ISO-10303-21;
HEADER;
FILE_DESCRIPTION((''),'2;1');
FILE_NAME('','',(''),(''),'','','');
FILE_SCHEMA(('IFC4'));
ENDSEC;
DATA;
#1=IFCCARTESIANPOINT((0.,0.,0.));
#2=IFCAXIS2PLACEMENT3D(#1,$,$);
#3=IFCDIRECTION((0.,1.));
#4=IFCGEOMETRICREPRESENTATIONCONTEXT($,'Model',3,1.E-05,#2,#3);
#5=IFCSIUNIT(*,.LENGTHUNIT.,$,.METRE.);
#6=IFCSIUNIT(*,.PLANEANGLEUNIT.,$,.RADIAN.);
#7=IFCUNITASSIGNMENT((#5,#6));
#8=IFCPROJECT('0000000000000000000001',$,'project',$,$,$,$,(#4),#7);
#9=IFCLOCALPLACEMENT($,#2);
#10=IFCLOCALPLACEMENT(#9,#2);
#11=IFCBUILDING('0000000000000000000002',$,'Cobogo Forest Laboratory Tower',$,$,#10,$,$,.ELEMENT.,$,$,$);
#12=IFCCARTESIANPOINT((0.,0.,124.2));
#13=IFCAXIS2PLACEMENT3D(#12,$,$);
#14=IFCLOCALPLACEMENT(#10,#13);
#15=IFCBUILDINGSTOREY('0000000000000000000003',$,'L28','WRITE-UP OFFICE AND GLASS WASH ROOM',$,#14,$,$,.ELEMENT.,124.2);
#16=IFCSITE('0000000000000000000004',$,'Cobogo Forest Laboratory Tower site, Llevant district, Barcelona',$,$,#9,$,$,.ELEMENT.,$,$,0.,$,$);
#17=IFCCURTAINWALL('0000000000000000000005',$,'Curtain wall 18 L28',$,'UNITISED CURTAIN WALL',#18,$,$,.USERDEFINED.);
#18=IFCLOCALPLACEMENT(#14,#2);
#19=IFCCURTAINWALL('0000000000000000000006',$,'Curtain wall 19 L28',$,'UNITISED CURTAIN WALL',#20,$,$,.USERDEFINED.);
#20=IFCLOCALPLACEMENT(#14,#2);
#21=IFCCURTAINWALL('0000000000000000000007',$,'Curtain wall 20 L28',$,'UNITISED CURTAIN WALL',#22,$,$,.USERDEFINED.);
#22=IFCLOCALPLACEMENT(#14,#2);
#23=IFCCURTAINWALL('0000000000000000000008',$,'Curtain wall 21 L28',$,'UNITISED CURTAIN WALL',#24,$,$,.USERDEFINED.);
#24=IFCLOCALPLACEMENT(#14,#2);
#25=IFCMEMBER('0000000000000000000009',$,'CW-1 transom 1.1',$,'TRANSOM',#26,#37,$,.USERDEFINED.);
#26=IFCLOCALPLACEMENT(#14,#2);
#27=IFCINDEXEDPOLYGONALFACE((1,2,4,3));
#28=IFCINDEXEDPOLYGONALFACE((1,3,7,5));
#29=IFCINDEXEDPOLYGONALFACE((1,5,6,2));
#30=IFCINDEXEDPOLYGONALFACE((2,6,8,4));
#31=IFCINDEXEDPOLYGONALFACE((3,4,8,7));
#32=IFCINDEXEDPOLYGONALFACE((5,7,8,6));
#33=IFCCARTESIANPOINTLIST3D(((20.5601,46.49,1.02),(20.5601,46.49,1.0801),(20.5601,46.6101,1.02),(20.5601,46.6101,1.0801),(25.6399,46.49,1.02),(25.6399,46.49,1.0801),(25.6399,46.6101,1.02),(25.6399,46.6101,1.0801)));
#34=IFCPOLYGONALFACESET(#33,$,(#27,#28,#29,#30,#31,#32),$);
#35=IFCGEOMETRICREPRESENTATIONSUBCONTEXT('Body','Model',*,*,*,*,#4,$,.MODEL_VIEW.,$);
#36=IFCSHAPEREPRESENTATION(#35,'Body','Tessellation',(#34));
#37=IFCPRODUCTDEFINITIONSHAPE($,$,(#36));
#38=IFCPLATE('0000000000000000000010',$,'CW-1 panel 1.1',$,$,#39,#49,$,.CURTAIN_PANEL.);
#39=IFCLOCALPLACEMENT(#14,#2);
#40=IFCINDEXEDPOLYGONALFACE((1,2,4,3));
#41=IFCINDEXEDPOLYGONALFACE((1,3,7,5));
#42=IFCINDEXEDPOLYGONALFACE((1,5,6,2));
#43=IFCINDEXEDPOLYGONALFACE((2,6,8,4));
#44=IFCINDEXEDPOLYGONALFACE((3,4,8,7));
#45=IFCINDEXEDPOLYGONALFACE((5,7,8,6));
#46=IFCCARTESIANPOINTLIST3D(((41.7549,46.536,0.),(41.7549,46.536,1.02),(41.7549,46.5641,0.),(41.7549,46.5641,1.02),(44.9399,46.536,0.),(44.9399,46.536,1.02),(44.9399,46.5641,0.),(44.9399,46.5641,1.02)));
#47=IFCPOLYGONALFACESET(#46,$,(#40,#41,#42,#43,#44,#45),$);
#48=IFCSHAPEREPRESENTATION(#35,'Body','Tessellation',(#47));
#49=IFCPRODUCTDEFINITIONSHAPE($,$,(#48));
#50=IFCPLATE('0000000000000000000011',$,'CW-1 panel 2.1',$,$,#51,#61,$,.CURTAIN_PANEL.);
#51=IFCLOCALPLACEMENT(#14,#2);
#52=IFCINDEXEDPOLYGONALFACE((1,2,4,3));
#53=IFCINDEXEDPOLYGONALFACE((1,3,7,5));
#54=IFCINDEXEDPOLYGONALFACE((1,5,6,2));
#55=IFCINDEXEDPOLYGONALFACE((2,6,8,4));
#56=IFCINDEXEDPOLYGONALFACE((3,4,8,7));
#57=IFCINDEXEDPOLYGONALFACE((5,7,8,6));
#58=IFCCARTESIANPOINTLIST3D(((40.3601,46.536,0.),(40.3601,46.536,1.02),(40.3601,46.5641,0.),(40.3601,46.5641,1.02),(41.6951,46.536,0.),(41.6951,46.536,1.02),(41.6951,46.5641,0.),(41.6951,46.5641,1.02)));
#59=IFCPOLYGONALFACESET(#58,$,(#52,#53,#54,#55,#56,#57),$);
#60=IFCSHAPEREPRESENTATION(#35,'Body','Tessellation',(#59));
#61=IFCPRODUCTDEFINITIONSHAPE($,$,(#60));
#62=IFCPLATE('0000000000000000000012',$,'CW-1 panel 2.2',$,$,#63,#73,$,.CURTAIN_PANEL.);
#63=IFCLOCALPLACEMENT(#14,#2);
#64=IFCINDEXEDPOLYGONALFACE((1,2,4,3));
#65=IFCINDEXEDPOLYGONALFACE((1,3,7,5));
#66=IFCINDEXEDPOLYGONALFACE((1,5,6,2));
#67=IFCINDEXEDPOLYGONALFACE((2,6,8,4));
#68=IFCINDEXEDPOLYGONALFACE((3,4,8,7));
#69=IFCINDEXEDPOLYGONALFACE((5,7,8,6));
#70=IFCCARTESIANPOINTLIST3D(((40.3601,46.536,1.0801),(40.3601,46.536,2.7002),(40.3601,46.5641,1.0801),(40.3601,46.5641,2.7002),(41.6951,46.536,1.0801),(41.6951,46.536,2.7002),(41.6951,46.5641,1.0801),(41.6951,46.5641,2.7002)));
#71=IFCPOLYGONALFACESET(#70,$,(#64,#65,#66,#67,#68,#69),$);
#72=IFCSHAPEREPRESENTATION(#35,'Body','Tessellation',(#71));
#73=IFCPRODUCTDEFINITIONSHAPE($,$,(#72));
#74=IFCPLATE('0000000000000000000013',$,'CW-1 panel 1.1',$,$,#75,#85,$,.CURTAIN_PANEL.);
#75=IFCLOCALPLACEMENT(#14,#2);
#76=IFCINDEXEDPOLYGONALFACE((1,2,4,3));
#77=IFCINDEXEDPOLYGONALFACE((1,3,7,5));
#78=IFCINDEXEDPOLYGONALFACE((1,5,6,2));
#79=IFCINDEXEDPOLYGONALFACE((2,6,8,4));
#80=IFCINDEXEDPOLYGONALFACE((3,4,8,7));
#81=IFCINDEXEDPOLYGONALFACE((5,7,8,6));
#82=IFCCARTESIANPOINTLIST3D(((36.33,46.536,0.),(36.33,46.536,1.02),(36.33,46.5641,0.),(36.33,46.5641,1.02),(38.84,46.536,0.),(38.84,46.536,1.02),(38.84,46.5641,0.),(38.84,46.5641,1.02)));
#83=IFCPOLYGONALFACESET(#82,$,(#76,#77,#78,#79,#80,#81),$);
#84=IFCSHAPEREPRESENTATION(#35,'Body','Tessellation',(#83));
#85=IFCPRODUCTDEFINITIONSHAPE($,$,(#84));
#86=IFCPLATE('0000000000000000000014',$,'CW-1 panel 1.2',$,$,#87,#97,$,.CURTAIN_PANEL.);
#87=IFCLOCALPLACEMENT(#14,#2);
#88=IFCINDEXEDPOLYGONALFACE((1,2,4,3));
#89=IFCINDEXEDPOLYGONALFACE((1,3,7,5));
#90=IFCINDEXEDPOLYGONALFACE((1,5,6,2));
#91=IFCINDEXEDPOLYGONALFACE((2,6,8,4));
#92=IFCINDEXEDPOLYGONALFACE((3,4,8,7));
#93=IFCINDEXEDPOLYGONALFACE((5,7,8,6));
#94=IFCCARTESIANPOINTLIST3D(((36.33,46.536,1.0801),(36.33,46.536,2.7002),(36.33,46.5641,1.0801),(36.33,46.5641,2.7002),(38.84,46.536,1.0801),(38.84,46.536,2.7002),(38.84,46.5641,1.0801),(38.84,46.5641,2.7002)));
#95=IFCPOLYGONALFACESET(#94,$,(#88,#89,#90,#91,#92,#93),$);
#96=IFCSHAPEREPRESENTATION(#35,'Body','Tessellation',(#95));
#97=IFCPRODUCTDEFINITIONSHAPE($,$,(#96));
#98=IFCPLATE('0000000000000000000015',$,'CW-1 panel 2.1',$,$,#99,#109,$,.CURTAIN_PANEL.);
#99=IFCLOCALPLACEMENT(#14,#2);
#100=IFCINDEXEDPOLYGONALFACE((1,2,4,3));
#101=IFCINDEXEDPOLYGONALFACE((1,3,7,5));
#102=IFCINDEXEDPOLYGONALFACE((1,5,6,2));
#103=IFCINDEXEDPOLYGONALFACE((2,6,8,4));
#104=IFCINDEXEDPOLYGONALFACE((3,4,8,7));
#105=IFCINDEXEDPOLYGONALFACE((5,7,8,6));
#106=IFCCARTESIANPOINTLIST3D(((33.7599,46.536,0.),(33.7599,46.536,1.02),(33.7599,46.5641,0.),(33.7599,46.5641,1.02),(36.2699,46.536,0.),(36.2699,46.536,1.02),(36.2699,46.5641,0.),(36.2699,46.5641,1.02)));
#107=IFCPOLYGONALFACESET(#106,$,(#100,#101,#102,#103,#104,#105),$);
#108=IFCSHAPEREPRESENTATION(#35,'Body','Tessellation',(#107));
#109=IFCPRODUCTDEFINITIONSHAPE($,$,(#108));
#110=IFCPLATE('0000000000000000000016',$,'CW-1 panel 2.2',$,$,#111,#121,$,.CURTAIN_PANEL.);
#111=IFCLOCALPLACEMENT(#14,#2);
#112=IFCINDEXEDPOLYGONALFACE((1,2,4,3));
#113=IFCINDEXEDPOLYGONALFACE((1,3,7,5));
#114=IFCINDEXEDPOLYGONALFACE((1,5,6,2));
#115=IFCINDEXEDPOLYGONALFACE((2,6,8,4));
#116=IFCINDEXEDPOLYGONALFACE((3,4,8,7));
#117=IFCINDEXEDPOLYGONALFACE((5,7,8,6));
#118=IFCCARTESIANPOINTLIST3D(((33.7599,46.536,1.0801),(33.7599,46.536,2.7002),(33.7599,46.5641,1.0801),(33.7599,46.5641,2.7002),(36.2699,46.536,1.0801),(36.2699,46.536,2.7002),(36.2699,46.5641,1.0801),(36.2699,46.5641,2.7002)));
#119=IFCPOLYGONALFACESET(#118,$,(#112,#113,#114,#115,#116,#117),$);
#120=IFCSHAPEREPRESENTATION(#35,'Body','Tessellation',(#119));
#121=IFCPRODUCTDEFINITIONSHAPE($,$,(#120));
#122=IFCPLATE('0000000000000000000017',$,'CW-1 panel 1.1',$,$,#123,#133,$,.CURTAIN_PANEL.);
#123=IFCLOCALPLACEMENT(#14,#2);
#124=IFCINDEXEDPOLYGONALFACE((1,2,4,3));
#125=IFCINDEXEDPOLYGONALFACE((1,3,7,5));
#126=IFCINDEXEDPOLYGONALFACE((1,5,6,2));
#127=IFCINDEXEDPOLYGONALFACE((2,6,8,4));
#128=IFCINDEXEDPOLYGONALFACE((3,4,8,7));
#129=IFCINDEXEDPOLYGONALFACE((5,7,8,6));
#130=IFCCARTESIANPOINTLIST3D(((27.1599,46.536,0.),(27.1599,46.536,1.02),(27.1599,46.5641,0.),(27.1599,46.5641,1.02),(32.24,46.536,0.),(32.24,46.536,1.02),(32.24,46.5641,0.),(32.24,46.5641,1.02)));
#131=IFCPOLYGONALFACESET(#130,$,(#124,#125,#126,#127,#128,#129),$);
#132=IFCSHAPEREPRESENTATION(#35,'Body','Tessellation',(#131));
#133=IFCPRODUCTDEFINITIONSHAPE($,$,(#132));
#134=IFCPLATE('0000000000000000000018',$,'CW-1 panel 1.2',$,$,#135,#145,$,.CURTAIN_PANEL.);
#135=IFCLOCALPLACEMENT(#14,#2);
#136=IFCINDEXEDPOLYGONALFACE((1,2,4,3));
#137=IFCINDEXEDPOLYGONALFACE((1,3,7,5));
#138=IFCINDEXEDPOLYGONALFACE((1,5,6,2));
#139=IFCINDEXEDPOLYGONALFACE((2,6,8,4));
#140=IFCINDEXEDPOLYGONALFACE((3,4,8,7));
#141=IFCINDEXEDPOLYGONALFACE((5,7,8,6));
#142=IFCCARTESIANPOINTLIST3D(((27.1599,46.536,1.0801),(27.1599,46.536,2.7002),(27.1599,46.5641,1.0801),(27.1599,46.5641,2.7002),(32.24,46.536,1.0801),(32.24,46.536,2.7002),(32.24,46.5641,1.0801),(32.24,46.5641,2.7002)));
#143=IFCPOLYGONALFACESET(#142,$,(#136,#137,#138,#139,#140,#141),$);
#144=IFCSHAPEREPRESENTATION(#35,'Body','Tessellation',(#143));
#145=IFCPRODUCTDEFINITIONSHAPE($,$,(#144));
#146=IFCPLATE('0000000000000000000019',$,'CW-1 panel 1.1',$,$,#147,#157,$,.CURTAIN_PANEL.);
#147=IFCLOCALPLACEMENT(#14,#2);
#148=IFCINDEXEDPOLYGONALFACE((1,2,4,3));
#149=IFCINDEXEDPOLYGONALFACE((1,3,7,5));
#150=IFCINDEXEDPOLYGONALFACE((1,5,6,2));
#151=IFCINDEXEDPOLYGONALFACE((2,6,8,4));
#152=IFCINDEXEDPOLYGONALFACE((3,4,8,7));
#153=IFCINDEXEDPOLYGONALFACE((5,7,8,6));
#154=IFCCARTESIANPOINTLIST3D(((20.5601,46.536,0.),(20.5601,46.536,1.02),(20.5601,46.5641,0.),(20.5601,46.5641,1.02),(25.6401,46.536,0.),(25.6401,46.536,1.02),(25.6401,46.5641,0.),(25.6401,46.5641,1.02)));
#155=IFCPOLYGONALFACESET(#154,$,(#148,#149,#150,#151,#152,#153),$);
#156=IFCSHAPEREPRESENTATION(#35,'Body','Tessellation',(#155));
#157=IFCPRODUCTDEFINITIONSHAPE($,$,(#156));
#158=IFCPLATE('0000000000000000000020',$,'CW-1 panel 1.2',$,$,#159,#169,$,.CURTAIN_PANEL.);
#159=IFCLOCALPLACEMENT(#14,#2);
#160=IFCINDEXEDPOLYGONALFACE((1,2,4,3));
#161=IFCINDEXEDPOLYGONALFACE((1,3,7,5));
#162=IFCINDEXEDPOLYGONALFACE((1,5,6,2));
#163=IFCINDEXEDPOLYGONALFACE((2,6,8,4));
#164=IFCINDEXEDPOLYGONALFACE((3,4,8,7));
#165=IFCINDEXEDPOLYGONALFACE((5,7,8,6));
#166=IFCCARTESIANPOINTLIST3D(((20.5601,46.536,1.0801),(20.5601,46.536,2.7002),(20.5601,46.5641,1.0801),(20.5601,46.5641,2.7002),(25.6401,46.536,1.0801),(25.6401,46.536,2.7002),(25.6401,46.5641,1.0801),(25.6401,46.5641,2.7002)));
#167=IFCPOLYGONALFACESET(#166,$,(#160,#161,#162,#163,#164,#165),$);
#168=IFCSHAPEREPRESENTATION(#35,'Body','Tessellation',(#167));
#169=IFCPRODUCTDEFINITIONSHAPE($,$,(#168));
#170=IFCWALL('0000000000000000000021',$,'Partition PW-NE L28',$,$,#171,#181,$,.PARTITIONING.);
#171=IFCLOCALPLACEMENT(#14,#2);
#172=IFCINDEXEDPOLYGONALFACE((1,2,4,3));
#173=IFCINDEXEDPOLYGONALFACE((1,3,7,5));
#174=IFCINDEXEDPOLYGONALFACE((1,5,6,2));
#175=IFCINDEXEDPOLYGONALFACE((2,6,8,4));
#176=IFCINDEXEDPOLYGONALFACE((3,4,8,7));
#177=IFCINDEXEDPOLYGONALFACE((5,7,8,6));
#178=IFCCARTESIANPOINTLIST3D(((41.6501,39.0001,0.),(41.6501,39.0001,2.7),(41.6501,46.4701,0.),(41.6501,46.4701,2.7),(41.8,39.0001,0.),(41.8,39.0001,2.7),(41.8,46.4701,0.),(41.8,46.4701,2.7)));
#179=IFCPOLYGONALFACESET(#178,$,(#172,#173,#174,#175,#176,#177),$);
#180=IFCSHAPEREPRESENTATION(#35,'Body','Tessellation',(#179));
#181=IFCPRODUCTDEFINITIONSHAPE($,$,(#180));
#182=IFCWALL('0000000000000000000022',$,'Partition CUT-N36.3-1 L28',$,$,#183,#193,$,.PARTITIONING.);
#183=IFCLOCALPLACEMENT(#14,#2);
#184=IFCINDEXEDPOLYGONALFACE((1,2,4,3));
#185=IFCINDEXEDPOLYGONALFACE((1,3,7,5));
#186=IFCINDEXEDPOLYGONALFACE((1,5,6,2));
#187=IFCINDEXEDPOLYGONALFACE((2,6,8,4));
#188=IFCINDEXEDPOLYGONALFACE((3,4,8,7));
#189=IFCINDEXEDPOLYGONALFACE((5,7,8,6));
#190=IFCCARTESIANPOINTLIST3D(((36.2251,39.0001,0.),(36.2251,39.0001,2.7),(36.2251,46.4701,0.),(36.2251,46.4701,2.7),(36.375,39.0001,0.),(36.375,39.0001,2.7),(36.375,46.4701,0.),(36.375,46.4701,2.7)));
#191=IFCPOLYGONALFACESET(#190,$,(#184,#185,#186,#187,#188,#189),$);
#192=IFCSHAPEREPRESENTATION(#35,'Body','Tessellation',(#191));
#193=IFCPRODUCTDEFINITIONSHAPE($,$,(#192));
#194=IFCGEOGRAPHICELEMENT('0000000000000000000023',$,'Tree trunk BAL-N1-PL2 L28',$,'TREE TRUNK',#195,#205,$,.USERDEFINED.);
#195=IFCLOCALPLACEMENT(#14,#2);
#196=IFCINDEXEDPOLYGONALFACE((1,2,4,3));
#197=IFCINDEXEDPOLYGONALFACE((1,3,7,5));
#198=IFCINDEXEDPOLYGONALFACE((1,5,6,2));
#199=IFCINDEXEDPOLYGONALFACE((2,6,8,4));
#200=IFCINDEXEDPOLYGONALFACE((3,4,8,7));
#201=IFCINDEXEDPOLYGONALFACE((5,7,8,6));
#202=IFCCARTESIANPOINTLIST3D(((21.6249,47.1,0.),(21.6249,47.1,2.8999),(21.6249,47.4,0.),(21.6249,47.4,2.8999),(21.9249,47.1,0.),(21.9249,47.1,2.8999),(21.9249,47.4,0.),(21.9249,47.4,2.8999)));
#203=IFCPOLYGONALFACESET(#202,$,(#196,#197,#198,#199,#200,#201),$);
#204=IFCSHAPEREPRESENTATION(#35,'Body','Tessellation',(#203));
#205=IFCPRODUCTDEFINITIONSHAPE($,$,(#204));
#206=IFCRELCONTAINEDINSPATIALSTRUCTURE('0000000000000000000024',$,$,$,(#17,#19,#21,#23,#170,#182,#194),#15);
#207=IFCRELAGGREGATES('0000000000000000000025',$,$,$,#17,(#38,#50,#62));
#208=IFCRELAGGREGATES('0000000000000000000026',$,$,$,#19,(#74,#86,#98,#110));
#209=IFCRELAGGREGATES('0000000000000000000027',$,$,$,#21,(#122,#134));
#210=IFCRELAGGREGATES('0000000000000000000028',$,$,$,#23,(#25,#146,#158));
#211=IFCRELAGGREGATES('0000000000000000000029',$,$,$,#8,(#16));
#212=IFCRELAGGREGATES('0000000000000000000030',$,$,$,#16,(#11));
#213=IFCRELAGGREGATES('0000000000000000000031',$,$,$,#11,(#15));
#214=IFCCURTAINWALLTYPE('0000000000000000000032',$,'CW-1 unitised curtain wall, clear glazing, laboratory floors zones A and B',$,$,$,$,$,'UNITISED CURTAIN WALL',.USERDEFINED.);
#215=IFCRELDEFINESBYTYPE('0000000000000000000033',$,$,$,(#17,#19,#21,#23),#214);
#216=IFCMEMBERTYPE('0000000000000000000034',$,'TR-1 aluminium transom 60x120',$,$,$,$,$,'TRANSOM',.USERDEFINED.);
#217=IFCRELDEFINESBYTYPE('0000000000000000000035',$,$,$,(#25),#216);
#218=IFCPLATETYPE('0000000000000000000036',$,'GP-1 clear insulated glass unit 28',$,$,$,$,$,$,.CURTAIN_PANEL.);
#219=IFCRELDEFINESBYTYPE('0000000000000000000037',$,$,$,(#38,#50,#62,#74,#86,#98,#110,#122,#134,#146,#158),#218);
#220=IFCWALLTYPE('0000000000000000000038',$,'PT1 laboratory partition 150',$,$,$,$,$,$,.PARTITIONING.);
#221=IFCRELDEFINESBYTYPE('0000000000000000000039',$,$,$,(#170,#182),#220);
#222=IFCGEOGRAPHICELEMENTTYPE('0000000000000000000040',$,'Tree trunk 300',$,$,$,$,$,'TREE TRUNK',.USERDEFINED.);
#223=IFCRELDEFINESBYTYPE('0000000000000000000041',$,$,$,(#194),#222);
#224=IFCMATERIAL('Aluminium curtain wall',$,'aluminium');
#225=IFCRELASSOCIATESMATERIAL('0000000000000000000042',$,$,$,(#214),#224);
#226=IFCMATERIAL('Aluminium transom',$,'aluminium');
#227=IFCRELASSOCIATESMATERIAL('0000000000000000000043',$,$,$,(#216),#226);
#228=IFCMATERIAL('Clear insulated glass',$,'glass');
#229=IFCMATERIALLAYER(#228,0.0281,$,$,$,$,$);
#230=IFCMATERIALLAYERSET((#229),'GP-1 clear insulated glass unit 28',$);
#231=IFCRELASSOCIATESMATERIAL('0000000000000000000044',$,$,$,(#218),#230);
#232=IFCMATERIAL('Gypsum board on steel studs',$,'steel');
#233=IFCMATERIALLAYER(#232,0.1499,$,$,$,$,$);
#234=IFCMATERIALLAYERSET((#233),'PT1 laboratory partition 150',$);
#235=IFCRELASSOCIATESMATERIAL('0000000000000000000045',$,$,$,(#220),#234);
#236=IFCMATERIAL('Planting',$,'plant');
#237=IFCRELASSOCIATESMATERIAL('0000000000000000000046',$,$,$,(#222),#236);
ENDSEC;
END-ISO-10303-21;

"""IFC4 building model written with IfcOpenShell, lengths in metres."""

from ifc_helpers import new_model, si_unit, direction, frame, frame_2d, origin, origin_2d, place, context, subcontext, project, spatial, rectangle, extrude, material, layer, layer_set, material_profile, profile_set, type_object, element, aggregate, save


model = new_model("IFC4")

# Units and contexts
model_context = context("Model", 3, precision=1e-05, world=origin(), true_north=direction((0.0, 1.0)))
body_context = subcontext(model_context, "Body", "Model", "MODEL_VIEW")
ifc_project = project(units=[si_unit("LENGTHUNIT", "METRE"), si_unit("PLANEANGLEUNIT", "RADIAN")], contexts=[model_context])

# Site, building, storey
site_placement = place(None, origin())
site = spatial("IfcSite", under=ifc_project, at=site_placement, Name="Cobogo Forest Laboratory Tower site, Llevant district, Barcelona", CompositionType="ELEMENT", RefElevation=0.0)
building_placement = place(site_placement, origin())
building = spatial("IfcBuilding", under=site, at=building_placement, Name="Cobogo Forest Laboratory Tower", CompositionType="ELEMENT")
storey_placement = place(building_placement, frame((0.0, 0.0, 124.2)))
storey = spatial("IfcBuildingStorey", under=building, at=storey_placement, Name="L28", Description="WRITE-UP OFFICE AND GLASS WASH ROOM", CompositionType="ELEMENT", Elevation=124.2)

# Curtain walls
ifc_material_1 = material(Name="Aluminium curtain wall", Category="aluminium")
curtain_wall_type = type_object("IfcCurtainWallType", Name="CW-1 unitised curtain wall, clear glazing, laboratory floors zones A and B", ElementType="UNITISED CURTAIN WALL", PredefinedType="USERDEFINED", material=ifc_material_1)
curtain_wall_1_placement = place(storey_placement, origin())
curtain_wall_1 = element("IfcCurtainWall", 1, at=curtain_wall_1_placement, inside=storey, type_object=curtain_wall_type, Name="Curtain wall 18 L28", ObjectType="UNITISED CURTAIN WALL", PredefinedType="USERDEFINED")
curtain_wall_2_placement = place(storey_placement, origin())
curtain_wall_2 = element("IfcCurtainWall", 2, at=curtain_wall_2_placement, inside=storey, type_object=curtain_wall_type, Name="Curtain wall 19 L28", ObjectType="UNITISED CURTAIN WALL", PredefinedType="USERDEFINED")
curtain_wall_3_placement = place(storey_placement, origin())
curtain_wall_3 = element("IfcCurtainWall", 3, at=curtain_wall_3_placement, inside=storey, type_object=curtain_wall_type, Name="Curtain wall 20 L28", ObjectType="UNITISED CURTAIN WALL", PredefinedType="USERDEFINED")

# Curtain wall
curtain_wall_4_placement = place(storey_placement, origin())
curtain_wall_4 = element("IfcCurtainWall", 4, at=curtain_wall_4_placement, inside=storey, type_object=curtain_wall_type, Name="Curtain wall 21 L28", ObjectType="UNITISED CURTAIN WALL", PredefinedType="USERDEFINED")

# Member
ifc_material_2 = material(Name="Aluminium transom", Category="aluminium")
ifc_material_profile_1 = material_profile(ifc_material_2, rectangle(XDim=0.1201, YDim=0.0601, at=origin_2d()), Name="AL 60x120")
ifc_profile_set_1 = profile_set([ifc_material_profile_1], Name="Aluminium transom")
member_type_1 = type_object("IfcMemberType", Name="TR-1 aluminium transom 60x120", ElementType="TRANSOM", PredefinedType="USERDEFINED", material=ifc_profile_set_1)
member_1_placement = place(storey_placement, frame((25.6399, 46.55, 1.05), z_axis=(-1.0, 0.0, 0.0), x_axis=(0.0, -1.0, 0.0)))
member_1 = element("IfcMember", 5, at=member_1_placement, type_object=member_type_1, Name="CW-1 transom 1.1", ObjectType="TRANSOM", PredefinedType="USERDEFINED", context=body_context, shape_type="SweptSolid", body=[
    extrude(rectangle(XDim=0.1201, YDim=0.0601, at=origin_2d()), origin(), (0.0, 0.0, 1.0), 5.0798),
])

# Plates
ifc_material_3 = material(Name="Clear insulated glass", Category="glass")
ifc_layer_1 = layer(ifc_material_3, 0.0281)
ifc_layer_set_1 = layer_set([ifc_layer_1], Name="GP-1 clear insulated glass unit 28")
plate_type_1 = type_object("IfcPlateType", Name="GP-1 clear insulated glass unit 28", PredefinedType="CURTAIN_PANEL", material=ifc_layer_set_1)
plate_1_placement = place(storey_placement, frame((43.3474, 46.55, 0.0), z_axis=(0.0, 0.0, 1.0), x_axis=(-1.0, 0.0, 0.0)))
plate_1 = element("IfcPlate", 6, at=plate_1_placement, type_object=plate_type_1, Name="CW-1 panel 1.1", PredefinedType="CURTAIN_PANEL", context=body_context, shape_type="SweptSolid", body=[
    extrude(rectangle(XDim=3.1851, YDim=0.0281, at=origin_2d()), origin(), (0.0, 0.0, 1.0), 1.02),
])
plate_2_placement = place(storey_placement, frame((41.0276, 46.55, 0.0), z_axis=(0.0, 0.0, 1.0), x_axis=(-1.0, 0.0, 0.0)))
plate_2 = element("IfcPlate", 7, at=plate_2_placement, type_object=plate_type_1, Name="CW-1 panel 2.1", PredefinedType="CURTAIN_PANEL", context=body_context, shape_type="SweptSolid", body=[
    extrude(rectangle(XDim=1.335, YDim=0.0281, at=origin_2d()), origin(), (0.0, 0.0, 1.0), 1.02),
])
plate_3_placement = place(storey_placement, frame((41.0276, 46.55, 1.0801), z_axis=(0.0, 0.0, 1.0), x_axis=(-1.0, 0.0, 0.0)))
plate_3 = element("IfcPlate", 8, at=plate_3_placement, type_object=plate_type_1, Name="CW-1 panel 2.2", PredefinedType="CURTAIN_PANEL", context=body_context, shape_type="SweptSolid", body=[
    extrude(rectangle(XDim=1.335, YDim=0.0281, at=origin_2d()), origin(), (0.0, 0.0, 1.0), 1.6201),
])
aggregate(curtain_wall_1, [plate_1, plate_2, plate_3])
plate_4_placement = place(storey_placement, frame((37.585, 46.55, 0.0), z_axis=(0.0, 0.0, 1.0), x_axis=(-1.0, 0.0, 0.0)))
plate_4 = element("IfcPlate", 9, at=plate_4_placement, type_object=plate_type_1, Name="CW-1 panel 1.1", PredefinedType="CURTAIN_PANEL", context=body_context, shape_type="SweptSolid", body=[
    extrude(rectangle(XDim=2.51, YDim=0.0281, at=origin_2d()), origin(), (0.0, 0.0, 1.0), 1.02),
])
plate_5_placement = place(storey_placement, frame((37.585, 46.55, 1.0801), z_axis=(0.0, 0.0, 1.0), x_axis=(-1.0, 0.0, 0.0)))
plate_5 = element("IfcPlate", 10, at=plate_5_placement, type_object=plate_type_1, Name="CW-1 panel 1.2", PredefinedType="CURTAIN_PANEL", context=body_context, shape_type="SweptSolid", body=[
    extrude(rectangle(XDim=2.51, YDim=0.0281, at=origin_2d()), origin(), (0.0, 0.0, 1.0), 1.6201),
])
plate_6_placement = place(storey_placement, frame((35.0149, 46.55, 0.0), z_axis=(0.0, 0.0, 1.0), x_axis=(-1.0, 0.0, 0.0)))
plate_6 = element("IfcPlate", 11, at=plate_6_placement, type_object=plate_type_1, Name="CW-1 panel 2.1", PredefinedType="CURTAIN_PANEL", context=body_context, shape_type="SweptSolid", body=[
    extrude(rectangle(XDim=2.51, YDim=0.0281, at=origin_2d()), origin(), (0.0, 0.0, 1.0), 1.02),
])
plate_7_placement = place(storey_placement, frame((35.0149, 46.55, 1.0801), z_axis=(0.0, 0.0, 1.0), x_axis=(-1.0, 0.0, 0.0)))
plate_7 = element("IfcPlate", 12, at=plate_7_placement, type_object=plate_type_1, Name="CW-1 panel 2.2", PredefinedType="CURTAIN_PANEL", context=body_context, shape_type="SweptSolid", body=[
    extrude(rectangle(XDim=2.51, YDim=0.0281, at=origin_2d()), origin(), (0.0, 0.0, 1.0), 1.6201),
])
aggregate(curtain_wall_2, [plate_4, plate_5, plate_6, plate_7])
plate_8_placement = place(storey_placement, frame((29.7, 46.55, 0.0), z_axis=(0.0, 0.0, 1.0), x_axis=(-1.0, 0.0, 0.0)))
plate_8 = element("IfcPlate", 13, at=plate_8_placement, type_object=plate_type_1, Name="CW-1 panel 1.1", PredefinedType="CURTAIN_PANEL", context=body_context, shape_type="SweptSolid", body=[
    extrude(rectangle(XDim=5.0801, YDim=0.0281, at=origin_2d()), origin(), (0.0, 0.0, 1.0), 1.02),
])
plate_9_placement = place(storey_placement, frame((29.7, 46.55, 1.0801), z_axis=(0.0, 0.0, 1.0), x_axis=(-1.0, 0.0, 0.0)))
plate_9 = element("IfcPlate", 14, at=plate_9_placement, type_object=plate_type_1, Name="CW-1 panel 1.2", PredefinedType="CURTAIN_PANEL", context=body_context, shape_type="SweptSolid", body=[
    extrude(rectangle(XDim=5.0801, YDim=0.0281, at=origin_2d()), origin(), (0.0, 0.0, 1.0), 1.6201),
])
aggregate(curtain_wall_3, [plate_8, plate_9])
plate_10_placement = place(storey_placement, frame((23.1001, 46.55, 0.0), z_axis=(0.0, 0.0, 1.0), x_axis=(-1.0, 0.0, 0.0)))
plate_10 = element("IfcPlate", 15, at=plate_10_placement, type_object=plate_type_1, Name="CW-1 panel 1.1", PredefinedType="CURTAIN_PANEL", context=body_context, shape_type="SweptSolid", body=[
    extrude(rectangle(XDim=5.0801, YDim=0.0281, at=origin_2d()), origin(), (0.0, 0.0, 1.0), 1.02),
])
plate_11_placement = place(storey_placement, frame((23.1001, 46.55, 1.0801), z_axis=(0.0, 0.0, 1.0), x_axis=(-1.0, 0.0, 0.0)))
plate_11 = element("IfcPlate", 16, at=plate_11_placement, type_object=plate_type_1, Name="CW-1 panel 1.2", PredefinedType="CURTAIN_PANEL", context=body_context, shape_type="SweptSolid", body=[
    extrude(rectangle(XDim=5.0801, YDim=0.0281, at=origin_2d()), origin(), (0.0, 0.0, 1.0), 1.6201),
])
aggregate(curtain_wall_4, [member_1, plate_10, plate_11])

# Walls
ifc_material_4 = material(Name="Gypsum board on steel studs", Category="steel")
ifc_layer_2 = layer(ifc_material_4, 0.1499)
ifc_layer_set_2 = layer_set([ifc_layer_2], Name="PT1 laboratory partition 150")
wall_type = type_object("IfcWallType", Name="PT1 laboratory partition 150", PredefinedType="PARTITIONING", material=ifc_layer_set_2)
for number, where, z_axis, x_axis, name in (
    (17, (41.7251, 46.47, 0.0), (0.0, 0.0, 1.0), (0.0, -1.0, 0.0), "Partition PW-NE L28"),
    (18, (36.3, 46.47, 0.0), (0.0, 0.0, 1.0), (0.0, -1.0, 0.0), "Partition CUT-N36.3-1 L28"),
):
    element("IfcWall", number, at=place(storey_placement, frame(where, z_axis=z_axis, x_axis=x_axis)), inside=storey, type_object=wall_type, Name=name, PredefinedType="PARTITIONING", context=body_context, shape_type="SweptSolid", body=[
        extrude(rectangle(XDim=7.47, YDim=0.1499, at=frame_2d((3.7349, 0.0))), origin(), (0.0, 0.0, 1.0), 2.7),
    ])

# Geographic element
ifc_material_5 = material(Name="Planting", Category="plant")
geographic_element_type = type_object("IfcGeographicElementType", Name="Tree trunk 300", ElementType="TREE TRUNK", PredefinedType="USERDEFINED", material=ifc_material_5)
geographic_element_placement = place(storey_placement, frame((21.7749, 47.25, 0.0), z_axis=(0.0, 0.0, 1.0), x_axis=(1.0, 0.0, 0.0)))
element("IfcGeographicElement", 19, at=geographic_element_placement, inside=storey, type_object=geographic_element_type, Name="Tree trunk BAL-N1-PL2 L28", ObjectType="TREE TRUNK", PredefinedType="USERDEFINED", context=body_context, shape_type="SweptSolid", body=[
    extrude(rectangle(XDim=0.3, YDim=0.3, at=origin_2d()), origin(), (0.0, 0.0, 1.0), 2.8999),
])

save(model, "model.ifc")
